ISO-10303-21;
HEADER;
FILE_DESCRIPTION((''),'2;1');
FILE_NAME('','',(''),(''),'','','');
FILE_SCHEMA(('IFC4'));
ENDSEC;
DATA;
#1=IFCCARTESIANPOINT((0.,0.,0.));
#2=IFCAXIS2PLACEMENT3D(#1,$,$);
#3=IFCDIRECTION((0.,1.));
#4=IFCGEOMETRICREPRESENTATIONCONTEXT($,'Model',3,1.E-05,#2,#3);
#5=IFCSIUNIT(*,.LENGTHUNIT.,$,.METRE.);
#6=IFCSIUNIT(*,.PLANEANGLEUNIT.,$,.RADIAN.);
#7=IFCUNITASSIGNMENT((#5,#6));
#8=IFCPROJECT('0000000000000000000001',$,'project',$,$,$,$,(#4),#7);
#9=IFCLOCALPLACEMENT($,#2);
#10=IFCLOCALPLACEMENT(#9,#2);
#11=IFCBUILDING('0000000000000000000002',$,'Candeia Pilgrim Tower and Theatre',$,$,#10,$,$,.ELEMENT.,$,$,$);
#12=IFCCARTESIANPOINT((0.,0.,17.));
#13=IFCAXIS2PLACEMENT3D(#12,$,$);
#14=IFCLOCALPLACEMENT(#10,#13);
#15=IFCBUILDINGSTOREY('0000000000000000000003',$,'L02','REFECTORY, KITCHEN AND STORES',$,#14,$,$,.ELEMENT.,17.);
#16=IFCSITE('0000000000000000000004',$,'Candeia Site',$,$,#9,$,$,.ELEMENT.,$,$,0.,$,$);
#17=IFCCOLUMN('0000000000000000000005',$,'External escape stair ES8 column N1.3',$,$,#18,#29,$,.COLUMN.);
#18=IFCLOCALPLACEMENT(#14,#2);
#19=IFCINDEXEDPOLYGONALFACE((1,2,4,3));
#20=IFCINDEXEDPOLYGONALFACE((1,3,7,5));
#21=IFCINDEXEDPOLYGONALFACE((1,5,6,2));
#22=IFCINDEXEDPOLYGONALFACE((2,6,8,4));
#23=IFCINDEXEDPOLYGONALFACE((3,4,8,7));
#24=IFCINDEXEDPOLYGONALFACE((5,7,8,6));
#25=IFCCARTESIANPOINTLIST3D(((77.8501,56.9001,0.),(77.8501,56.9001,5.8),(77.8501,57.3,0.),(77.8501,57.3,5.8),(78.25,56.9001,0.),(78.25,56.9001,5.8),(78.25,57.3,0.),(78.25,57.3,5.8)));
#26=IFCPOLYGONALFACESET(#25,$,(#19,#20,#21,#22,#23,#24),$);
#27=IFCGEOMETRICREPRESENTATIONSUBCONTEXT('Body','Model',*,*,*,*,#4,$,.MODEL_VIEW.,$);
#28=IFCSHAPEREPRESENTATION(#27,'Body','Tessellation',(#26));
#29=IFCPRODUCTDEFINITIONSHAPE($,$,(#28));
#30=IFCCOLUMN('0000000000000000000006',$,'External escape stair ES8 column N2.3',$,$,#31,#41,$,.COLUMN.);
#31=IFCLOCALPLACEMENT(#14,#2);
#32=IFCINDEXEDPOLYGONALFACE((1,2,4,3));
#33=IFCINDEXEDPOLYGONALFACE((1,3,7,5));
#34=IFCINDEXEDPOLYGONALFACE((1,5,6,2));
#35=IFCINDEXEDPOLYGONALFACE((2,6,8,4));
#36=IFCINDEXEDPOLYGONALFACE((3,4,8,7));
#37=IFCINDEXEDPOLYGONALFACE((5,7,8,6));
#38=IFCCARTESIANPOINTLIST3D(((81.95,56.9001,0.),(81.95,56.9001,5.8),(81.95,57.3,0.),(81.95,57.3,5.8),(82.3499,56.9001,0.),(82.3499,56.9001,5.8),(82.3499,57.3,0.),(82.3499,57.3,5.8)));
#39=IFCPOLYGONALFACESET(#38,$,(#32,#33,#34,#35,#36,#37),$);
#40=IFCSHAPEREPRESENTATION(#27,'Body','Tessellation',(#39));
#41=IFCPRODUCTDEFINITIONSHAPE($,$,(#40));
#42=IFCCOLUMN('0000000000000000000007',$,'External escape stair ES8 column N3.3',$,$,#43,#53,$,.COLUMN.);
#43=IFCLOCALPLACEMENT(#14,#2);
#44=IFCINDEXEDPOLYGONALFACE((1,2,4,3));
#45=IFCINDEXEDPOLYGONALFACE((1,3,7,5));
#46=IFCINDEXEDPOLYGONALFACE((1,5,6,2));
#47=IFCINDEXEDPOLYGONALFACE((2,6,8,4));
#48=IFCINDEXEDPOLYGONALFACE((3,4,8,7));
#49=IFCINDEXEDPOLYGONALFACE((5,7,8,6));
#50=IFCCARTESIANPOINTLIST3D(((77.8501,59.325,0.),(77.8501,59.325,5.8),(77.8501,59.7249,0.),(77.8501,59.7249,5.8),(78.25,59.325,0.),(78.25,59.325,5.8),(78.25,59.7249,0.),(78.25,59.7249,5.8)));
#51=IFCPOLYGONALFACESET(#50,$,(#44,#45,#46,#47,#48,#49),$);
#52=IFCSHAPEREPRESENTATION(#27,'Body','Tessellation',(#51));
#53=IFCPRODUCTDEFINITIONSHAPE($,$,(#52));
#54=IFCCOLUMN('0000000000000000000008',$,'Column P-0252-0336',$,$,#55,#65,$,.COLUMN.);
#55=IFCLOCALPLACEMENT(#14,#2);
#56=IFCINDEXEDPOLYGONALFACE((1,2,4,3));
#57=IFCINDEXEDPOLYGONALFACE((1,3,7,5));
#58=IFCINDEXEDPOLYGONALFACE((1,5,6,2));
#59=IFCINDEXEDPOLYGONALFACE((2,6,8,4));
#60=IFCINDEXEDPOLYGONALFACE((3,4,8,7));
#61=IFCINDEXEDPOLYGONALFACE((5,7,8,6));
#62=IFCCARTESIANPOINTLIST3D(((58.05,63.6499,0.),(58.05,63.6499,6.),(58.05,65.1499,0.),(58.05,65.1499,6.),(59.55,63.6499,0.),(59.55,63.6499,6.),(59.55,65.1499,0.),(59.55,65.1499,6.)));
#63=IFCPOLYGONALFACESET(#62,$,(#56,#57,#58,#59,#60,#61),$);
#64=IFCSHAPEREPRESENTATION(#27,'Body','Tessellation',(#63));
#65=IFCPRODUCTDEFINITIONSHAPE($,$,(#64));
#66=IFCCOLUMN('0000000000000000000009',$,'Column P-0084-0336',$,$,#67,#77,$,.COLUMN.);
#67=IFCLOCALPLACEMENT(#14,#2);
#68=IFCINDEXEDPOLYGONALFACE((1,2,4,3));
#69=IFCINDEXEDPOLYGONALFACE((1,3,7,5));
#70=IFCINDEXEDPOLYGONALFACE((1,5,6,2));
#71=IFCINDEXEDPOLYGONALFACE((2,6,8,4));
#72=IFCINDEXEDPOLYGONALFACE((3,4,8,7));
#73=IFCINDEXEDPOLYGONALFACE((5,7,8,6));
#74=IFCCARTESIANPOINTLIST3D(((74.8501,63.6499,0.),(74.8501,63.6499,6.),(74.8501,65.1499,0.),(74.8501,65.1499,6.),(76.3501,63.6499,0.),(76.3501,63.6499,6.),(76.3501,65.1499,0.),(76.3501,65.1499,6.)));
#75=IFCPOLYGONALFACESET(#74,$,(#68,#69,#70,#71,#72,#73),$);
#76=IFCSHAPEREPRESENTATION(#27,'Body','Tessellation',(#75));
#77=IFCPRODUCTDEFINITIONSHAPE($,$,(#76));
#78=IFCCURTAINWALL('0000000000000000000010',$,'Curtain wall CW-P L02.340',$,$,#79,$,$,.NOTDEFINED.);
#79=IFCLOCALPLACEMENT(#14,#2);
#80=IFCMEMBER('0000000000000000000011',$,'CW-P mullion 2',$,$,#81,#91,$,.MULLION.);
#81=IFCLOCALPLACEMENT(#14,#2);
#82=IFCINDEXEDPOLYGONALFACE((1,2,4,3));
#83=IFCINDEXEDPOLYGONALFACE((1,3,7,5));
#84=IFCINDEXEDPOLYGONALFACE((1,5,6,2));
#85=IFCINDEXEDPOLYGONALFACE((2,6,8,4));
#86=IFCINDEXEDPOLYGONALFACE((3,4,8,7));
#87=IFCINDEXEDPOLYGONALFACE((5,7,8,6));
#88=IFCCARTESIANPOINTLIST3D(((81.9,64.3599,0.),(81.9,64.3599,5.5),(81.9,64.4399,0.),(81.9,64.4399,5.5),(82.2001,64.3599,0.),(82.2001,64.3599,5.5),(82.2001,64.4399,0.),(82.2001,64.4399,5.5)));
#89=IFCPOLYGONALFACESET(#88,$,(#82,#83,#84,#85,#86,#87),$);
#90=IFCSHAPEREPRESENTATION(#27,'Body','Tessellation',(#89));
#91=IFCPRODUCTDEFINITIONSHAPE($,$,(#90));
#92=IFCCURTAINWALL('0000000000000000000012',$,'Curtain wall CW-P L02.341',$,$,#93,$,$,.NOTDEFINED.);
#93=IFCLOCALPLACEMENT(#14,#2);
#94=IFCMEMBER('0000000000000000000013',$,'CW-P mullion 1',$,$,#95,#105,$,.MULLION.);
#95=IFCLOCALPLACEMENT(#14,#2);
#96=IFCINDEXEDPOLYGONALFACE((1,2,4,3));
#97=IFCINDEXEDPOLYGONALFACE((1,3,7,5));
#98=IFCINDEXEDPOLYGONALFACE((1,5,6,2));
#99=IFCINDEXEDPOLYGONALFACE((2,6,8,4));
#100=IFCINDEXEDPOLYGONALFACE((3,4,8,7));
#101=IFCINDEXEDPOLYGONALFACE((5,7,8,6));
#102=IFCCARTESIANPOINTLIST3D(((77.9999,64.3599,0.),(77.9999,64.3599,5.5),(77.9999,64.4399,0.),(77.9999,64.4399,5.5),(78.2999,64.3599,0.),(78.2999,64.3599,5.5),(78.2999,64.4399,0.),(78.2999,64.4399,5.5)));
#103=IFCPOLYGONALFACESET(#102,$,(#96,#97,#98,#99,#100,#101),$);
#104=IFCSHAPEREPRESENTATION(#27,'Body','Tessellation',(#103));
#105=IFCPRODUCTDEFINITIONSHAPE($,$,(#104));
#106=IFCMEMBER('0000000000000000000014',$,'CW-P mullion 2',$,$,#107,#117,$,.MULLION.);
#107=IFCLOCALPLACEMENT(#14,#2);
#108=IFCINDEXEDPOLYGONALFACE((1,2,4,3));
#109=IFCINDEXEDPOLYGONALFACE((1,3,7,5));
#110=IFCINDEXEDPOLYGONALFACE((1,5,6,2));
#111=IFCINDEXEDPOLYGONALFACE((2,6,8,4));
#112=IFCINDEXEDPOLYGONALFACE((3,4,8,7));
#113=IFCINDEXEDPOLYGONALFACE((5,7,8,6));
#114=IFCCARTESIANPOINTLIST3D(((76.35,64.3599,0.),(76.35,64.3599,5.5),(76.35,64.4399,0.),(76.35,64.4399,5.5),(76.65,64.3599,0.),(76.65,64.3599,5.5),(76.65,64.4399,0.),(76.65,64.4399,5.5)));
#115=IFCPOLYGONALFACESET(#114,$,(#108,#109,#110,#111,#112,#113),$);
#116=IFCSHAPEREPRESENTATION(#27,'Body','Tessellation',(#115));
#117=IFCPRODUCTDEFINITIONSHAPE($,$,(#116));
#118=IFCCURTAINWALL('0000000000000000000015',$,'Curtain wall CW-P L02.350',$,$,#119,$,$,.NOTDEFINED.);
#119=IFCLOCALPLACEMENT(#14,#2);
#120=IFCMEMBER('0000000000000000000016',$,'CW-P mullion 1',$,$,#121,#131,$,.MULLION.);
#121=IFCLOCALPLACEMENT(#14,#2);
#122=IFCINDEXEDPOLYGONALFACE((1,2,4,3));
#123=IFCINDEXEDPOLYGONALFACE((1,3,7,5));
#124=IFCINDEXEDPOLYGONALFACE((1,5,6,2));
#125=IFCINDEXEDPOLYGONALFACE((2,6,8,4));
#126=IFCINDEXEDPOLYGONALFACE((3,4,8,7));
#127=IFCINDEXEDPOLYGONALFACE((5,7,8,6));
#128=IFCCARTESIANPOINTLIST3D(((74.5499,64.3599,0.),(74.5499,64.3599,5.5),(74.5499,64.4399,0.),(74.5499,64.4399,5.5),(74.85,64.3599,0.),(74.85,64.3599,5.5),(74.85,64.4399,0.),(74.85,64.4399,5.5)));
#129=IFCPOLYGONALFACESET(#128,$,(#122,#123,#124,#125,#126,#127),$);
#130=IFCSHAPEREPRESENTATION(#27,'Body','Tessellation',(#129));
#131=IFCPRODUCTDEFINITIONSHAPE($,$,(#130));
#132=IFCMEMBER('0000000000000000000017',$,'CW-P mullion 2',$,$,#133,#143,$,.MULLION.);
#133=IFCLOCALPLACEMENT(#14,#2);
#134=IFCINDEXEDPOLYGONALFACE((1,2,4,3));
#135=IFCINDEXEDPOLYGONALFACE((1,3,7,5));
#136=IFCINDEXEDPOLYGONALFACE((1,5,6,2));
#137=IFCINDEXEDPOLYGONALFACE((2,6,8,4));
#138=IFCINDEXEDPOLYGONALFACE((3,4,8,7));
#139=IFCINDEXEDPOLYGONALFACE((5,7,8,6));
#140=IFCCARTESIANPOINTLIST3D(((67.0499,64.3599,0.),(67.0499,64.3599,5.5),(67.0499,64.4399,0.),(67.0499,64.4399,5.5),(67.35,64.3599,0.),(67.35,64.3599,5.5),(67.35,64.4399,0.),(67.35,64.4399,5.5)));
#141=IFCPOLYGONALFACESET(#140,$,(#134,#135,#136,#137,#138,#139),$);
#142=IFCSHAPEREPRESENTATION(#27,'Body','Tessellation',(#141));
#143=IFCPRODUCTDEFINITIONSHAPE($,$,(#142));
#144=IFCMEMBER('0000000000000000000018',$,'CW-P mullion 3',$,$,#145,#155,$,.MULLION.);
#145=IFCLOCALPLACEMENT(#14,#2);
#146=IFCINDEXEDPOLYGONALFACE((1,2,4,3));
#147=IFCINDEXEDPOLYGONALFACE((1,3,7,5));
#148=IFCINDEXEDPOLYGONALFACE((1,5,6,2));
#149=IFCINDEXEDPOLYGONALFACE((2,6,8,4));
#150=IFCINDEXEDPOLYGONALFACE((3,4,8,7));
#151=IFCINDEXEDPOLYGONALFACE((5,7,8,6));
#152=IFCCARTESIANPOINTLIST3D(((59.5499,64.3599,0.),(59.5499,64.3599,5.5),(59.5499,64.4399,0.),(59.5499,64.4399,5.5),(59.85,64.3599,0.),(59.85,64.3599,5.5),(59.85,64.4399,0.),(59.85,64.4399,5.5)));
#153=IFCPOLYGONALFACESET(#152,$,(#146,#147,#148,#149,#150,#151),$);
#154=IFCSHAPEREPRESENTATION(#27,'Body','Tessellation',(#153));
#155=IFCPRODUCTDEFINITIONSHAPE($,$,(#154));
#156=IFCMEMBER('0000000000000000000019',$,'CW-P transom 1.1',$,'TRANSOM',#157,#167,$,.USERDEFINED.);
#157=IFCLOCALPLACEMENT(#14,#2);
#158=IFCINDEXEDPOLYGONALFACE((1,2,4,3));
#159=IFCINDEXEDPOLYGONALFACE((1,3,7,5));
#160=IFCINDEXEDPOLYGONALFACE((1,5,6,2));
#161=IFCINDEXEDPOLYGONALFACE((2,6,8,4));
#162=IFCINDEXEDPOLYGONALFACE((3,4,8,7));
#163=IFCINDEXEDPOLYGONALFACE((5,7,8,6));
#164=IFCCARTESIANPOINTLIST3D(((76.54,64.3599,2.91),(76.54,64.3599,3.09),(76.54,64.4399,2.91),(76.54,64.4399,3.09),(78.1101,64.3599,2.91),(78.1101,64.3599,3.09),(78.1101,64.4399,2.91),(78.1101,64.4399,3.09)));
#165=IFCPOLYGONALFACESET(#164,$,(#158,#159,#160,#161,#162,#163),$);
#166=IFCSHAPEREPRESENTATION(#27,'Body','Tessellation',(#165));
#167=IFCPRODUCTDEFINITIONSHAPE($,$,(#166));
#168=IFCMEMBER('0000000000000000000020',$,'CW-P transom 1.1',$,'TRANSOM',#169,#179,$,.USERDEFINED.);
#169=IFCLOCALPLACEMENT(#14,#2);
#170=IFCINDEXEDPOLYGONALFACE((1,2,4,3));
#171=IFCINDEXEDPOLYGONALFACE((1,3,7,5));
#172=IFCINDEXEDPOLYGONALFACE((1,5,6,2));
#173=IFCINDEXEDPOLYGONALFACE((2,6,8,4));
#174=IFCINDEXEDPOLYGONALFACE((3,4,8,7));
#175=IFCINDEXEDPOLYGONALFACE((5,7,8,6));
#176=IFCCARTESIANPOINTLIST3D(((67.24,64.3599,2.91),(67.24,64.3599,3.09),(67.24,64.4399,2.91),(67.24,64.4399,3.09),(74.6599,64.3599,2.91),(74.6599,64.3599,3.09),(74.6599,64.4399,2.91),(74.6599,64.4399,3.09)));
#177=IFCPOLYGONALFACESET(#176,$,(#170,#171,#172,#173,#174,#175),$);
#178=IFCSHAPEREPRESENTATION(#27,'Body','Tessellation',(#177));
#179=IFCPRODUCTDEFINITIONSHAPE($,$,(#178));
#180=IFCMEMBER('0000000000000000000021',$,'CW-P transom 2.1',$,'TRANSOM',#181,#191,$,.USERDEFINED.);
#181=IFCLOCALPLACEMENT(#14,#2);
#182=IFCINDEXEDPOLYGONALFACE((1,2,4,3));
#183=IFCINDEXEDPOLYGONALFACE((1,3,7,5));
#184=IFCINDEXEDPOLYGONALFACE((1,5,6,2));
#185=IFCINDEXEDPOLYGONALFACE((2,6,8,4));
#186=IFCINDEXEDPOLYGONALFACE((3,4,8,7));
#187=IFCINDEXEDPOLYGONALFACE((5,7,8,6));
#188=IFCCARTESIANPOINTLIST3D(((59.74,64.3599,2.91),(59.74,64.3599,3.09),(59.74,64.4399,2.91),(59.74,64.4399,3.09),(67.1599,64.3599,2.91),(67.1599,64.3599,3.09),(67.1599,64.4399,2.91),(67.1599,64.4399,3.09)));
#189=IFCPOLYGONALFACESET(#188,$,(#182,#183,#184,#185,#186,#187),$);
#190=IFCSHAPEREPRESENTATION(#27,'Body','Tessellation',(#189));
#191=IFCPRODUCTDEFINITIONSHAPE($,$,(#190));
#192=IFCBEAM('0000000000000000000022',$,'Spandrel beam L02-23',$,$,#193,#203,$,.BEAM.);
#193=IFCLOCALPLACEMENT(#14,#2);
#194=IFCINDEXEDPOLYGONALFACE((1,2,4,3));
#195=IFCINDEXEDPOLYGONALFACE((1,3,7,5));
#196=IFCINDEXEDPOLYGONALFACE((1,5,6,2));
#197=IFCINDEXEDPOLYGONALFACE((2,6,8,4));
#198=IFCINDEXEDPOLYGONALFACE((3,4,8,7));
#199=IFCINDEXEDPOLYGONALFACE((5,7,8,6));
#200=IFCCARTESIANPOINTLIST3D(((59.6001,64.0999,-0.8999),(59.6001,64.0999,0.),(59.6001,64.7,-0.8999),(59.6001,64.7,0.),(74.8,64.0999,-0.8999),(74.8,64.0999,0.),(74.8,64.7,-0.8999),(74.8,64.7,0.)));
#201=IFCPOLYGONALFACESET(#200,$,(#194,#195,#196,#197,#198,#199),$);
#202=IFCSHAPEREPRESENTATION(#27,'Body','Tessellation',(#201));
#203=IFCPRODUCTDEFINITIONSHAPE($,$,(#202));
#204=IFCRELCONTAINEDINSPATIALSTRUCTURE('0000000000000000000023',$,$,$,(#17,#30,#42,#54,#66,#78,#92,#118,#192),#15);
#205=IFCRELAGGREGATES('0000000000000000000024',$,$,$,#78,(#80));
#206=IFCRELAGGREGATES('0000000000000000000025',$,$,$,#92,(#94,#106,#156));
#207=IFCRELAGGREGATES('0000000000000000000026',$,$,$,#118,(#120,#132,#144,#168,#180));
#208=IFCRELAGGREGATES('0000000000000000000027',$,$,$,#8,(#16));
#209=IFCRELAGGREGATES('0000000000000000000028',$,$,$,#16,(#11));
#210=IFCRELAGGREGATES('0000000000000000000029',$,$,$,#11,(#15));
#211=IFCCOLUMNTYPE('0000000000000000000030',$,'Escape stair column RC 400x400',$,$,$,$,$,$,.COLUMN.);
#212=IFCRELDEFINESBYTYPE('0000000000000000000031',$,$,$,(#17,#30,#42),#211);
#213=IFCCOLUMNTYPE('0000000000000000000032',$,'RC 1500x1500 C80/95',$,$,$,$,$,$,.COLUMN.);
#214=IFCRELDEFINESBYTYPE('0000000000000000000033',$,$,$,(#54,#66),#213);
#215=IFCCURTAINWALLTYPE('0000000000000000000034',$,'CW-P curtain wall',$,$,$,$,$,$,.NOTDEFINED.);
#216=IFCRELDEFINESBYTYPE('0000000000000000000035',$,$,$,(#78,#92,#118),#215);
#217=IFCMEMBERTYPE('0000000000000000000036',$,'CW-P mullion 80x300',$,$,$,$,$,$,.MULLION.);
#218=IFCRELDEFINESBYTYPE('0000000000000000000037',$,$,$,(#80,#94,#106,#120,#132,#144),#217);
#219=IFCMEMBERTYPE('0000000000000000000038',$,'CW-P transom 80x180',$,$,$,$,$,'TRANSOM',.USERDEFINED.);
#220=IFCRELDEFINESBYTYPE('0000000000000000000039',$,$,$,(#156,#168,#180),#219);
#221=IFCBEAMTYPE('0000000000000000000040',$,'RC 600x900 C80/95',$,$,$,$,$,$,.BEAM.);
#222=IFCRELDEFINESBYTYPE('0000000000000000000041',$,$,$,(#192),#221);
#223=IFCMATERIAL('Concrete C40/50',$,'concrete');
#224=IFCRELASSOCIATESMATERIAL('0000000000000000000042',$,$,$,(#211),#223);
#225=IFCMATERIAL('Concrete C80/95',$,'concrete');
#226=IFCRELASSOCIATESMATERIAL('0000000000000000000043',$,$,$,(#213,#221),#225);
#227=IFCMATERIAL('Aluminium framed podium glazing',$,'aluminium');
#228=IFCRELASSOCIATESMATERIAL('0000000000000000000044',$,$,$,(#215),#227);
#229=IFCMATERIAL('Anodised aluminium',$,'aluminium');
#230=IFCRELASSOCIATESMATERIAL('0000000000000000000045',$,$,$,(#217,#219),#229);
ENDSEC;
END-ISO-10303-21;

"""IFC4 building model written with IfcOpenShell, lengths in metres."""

from ifc_helpers import new_model, si_unit, direction, frame, origin, origin_2d, place, context, subcontext, project, spatial, rectangle, extrude, material, material_profile, profile_set, type_object, element, aggregate, save


model = new_model("IFC4")

# Units and contexts
model_context = context("Model", 3, precision=1e-05, world=origin(), true_north=direction((0.0, 1.0)))
body_context = subcontext(model_context, "Body", "Model", "MODEL_VIEW")
ifc_project = project(units=[si_unit("LENGTHUNIT", "METRE"), si_unit("PLANEANGLEUNIT", "RADIAN")], contexts=[model_context])

# Site, building, storey
site_placement = place(None, origin())
site = spatial("IfcSite", under=ifc_project, at=site_placement, Name="Candeia Site", CompositionType="ELEMENT", RefElevation=0.0)
building_placement = place(site_placement, origin())
building = spatial("IfcBuilding", under=site, at=building_placement, Name="Candeia Pilgrim Tower and Theatre", CompositionType="ELEMENT")
storey_placement = place(building_placement, frame((0.0, 0.0, 17.0)))
storey = spatial("IfcBuildingStorey", under=building, at=storey_placement, Name="L02", Description="REFECTORY, KITCHEN AND STORES", CompositionType="ELEMENT", Elevation=17.0)

# Columns
ifc_material_1 = material(Name="Concrete C40/50", Category="concrete")
ifc_material_profile_1 = material_profile(ifc_material_1, rectangle(XDim=0.3999, YDim=0.3999, at=origin_2d()))
ifc_profile_set_1 = profile_set([ifc_material_profile_1], Name="Concrete C40/50")
column_type_1 = type_object("IfcColumnType", Name="Escape stair column RC 400x400", PredefinedType="COLUMN", material=ifc_profile_set_1)
for number, where, z_axis, x_axis, name in (
    (1, (78.05, 57.1001, 0.0), (0.0, 0.0, 1.0), (1.0, 0.0, 0.0), "External escape stair ES8 column N1.3"),
    (2, (82.1499, 57.1001, 0.0), (0.0, 0.0, 1.0), (1.0, 0.0, 0.0), "External escape stair ES8 column N2.3"),
    (3, (78.05, 59.5249, 0.0), (0.0, 0.0, 1.0), (1.0, 0.0, 0.0), "External escape stair ES8 column N3.3"),
):
    element("IfcColumn", number, at=place(storey_placement, frame(where, z_axis=z_axis, x_axis=x_axis)), inside=storey, type_object=column_type_1, Name=name, PredefinedType="COLUMN", context=body_context, shape_type="SweptSolid", body=[
        extrude(rectangle(XDim=0.3999, YDim=0.3999, at=origin_2d()), origin(), (0.0, 0.0, 1.0), 5.8),
    ])
ifc_material_2 = material(Name="Concrete C80/95", Category="concrete")
ifc_material_profile_2 = material_profile(ifc_material_2, rectangle(XDim=1.5, YDim=1.5, at=origin_2d()))
ifc_profile_set_2 = profile_set([ifc_material_profile_2], Name="Concrete C80/95")
column_type_2 = type_object("IfcColumnType", Name="RC 1500x1500 C80/95", PredefinedType="COLUMN", material=ifc_profile_set_2)
for number, where, z_axis, x_axis, name in (
    (4, (58.8, 64.3999, 0.0), (0.0, 0.0, 1.0), (1.0, 0.0, 0.0), "Column P-0252-0336"),
    (5, (75.6001, 64.3999, 0.0), (0.0, 0.0, 1.0), (1.0, 0.0, 0.0), "Column P-0084-0336"),
):
    element("IfcColumn", number, at=place(storey_placement, frame(where, z_axis=z_axis, x_axis=x_axis)), inside=storey, type_object=column_type_2, Name=name, PredefinedType="COLUMN", context=body_context, shape_type="SweptSolid", body=[
        extrude(rectangle(XDim=1.5, YDim=1.5, at=origin_2d()), origin(), (0.0, 0.0, 1.0), 6.0),
    ])

# Curtain wall, member
ifc_material_3 = material(Name="Aluminium framed podium glazing", Category="aluminium")
curtain_wall_type = type_object("IfcCurtainWallType", Name="CW-P curtain wall", PredefinedType="NOTDEFINED", material=ifc_material_3)
curtain_wall_1_placement = place(storey_placement, origin())
curtain_wall_1 = element("IfcCurtainWall", 6, at=curtain_wall_1_placement, inside=storey, type_object=curtain_wall_type, Name="Curtain wall CW-P L02.340", PredefinedType="NOTDEFINED")
ifc_material_4 = material(Name="Anodised aluminium", Category="aluminium")
ifc_material_profile_3 = material_profile(ifc_material_4, rectangle(XDim=0.0801, YDim=0.3, at=origin_2d()))
ifc_profile_set_3 = profile_set([ifc_material_profile_3], Name="Anodised aluminium")
member_type_1 = type_object("IfcMemberType", Name="CW-P mullion 80x300", PredefinedType="MULLION", material=ifc_profile_set_3)
member_1_placement = place(storey_placement, frame((82.05, 64.3999, 0.0), z_axis=(0.0, 0.0, 1.0), x_axis=(0.0, -1.0, 0.0)))
member_1 = element("IfcMember", 7, at=member_1_placement, type_object=member_type_1, Name="CW-P mullion 2", PredefinedType="MULLION", context=body_context, shape_type="SweptSolid", body=[
    extrude(rectangle(XDim=0.0801, YDim=0.3, at=origin_2d()), origin(), (0.0, 0.0, 1.0), 5.5),
])

# Curtain walls, members
curtain_wall_2_placement = place(storey_placement, origin())
curtain_wall_2 = element("IfcCurtainWall", 8, at=curtain_wall_2_placement, inside=storey, type_object=curtain_wall_type, Name="Curtain wall CW-P L02.341", PredefinedType="NOTDEFINED")
member_2_placement = place(storey_placement, frame((78.1499, 64.3999, 0.0), z_axis=(0.0, 0.0, 1.0), x_axis=(0.0, -1.0, 0.0)))
member_2 = element("IfcMember", 9, at=member_2_placement, type_object=member_type_1, Name="CW-P mullion 1", PredefinedType="MULLION", context=body_context, shape_type="SweptSolid", body=[
    extrude(rectangle(XDim=0.0801, YDim=0.3, at=origin_2d()), origin(), (0.0, 0.0, 1.0), 5.5),
])
member_3_placement = place(storey_placement, frame((76.5, 64.3999, 0.0), z_axis=(0.0, 0.0, 1.0), x_axis=(0.0, -1.0, 0.0)))
member_3 = element("IfcMember", 10, at=member_3_placement, type_object=member_type_1, Name="CW-P mullion 2", PredefinedType="MULLION", context=body_context, shape_type="SweptSolid", body=[
    extrude(rectangle(XDim=0.0801, YDim=0.3, at=origin_2d()), origin(), (0.0, 0.0, 1.0), 5.5),
])
curtain_wall_3_placement = place(storey_placement, origin())
curtain_wall_3 = element("IfcCurtainWall", 11, at=curtain_wall_3_placement, inside=storey, type_object=curtain_wall_type, Name="Curtain wall CW-P L02.350", PredefinedType="NOTDEFINED")
member_4_placement = place(storey_placement, frame((74.7, 64.3999, 0.0), z_axis=(0.0, 0.0, 1.0), x_axis=(0.0, -1.0, 0.0)))
member_4 = element("IfcMember", 12, at=member_4_placement, type_object=member_type_1, Name="CW-P mullion 1", PredefinedType="MULLION", context=body_context, shape_type="SweptSolid", body=[
    extrude(rectangle(XDim=0.0801, YDim=0.3, at=origin_2d()), origin(), (0.0, 0.0, 1.0), 5.5),
])
member_5_placement = place(storey_placement, frame((67.2, 64.3999, 0.0), z_axis=(0.0, 0.0, 1.0), x_axis=(0.0, -1.0, 0.0)))
member_5 = element("IfcMember", 13, at=member_5_placement, type_object=member_type_1, Name="CW-P mullion 2", PredefinedType="MULLION", context=body_context, shape_type="SweptSolid", body=[
    extrude(rectangle(XDim=0.0801, YDim=0.3, at=origin_2d()), origin(), (0.0, 0.0, 1.0), 5.5),
])
member_6_placement = place(storey_placement, frame((59.7, 64.3999, 0.0), z_axis=(0.0, 0.0, 1.0), x_axis=(0.0, -1.0, 0.0)))
member_6 = element("IfcMember", 14, at=member_6_placement, type_object=member_type_1, Name="CW-P mullion 3", PredefinedType="MULLION", context=body_context, shape_type="SweptSolid", body=[
    extrude(rectangle(XDim=0.0801, YDim=0.3, at=origin_2d()), origin(), (0.0, 0.0, 1.0), 5.5),
])

# Members
ifc_material_profile_4 = material_profile(ifc_material_4, rectangle(XDim=0.0801, YDim=0.1799, at=origin_2d()))
ifc_profile_set_4 = profile_set([ifc_material_profile_4], Name="Anodised aluminium")
member_type_2 = type_object("IfcMemberType", Name="CW-P transom 80x180", ElementType="TRANSOM", PredefinedType="USERDEFINED", material=ifc_profile_set_4)
member_7_placement = place(storey_placement, frame((78.1101, 64.3999, 3.0), z_axis=(-1.0, 0.0, 0.0), x_axis=(0.0, -1.0, 0.0)))
member_7 = element("IfcMember", 15, at=member_7_placement, type_object=member_type_2, Name="CW-P transom 1.1", ObjectType="TRANSOM", PredefinedType="USERDEFINED", context=body_context, shape_type="SweptSolid", body=[
    extrude(rectangle(XDim=0.0801, YDim=0.1799, at=origin_2d()), origin(), (0.0, 0.0, 1.0), 1.5701),
])
member_8_placement = place(storey_placement, frame((74.6599, 64.3999, 3.0), z_axis=(-1.0, 0.0, 0.0), x_axis=(0.0, -1.0, 0.0)))
member_8 = element("IfcMember", 16, at=member_8_placement, type_object=member_type_2, Name="CW-P transom 1.1", ObjectType="TRANSOM", PredefinedType="USERDEFINED", context=body_context, shape_type="SweptSolid", body=[
    extrude(rectangle(XDim=0.0801, YDim=0.1799, at=origin_2d()), origin(), (0.0, 0.0, 1.0), 7.4199),
])
member_9_placement = place(storey_placement, frame((67.1599, 64.3999, 3.0), z_axis=(-1.0, 0.0, 0.0), x_axis=(0.0, -1.0, 0.0)))
member_9 = element("IfcMember", 17, at=member_9_placement, type_object=member_type_2, Name="CW-P transom 2.1", ObjectType="TRANSOM", PredefinedType="USERDEFINED", context=body_context, shape_type="SweptSolid", body=[
    extrude(rectangle(XDim=0.0801, YDim=0.1799, at=origin_2d()), origin(), (0.0, 0.0, 1.0), 7.4199),
])

# Beam
ifc_material_profile_5 = material_profile(ifc_material_2, rectangle(XDim=0.6001, YDim=0.8999, at=origin_2d()))
ifc_profile_set_5 = profile_set([ifc_material_profile_5], Name="Concrete C80/95")
beam_type = type_object("IfcBeamType", Name="RC 600x900 C80/95", PredefinedType="BEAM", material=ifc_profile_set_5)
beam_1_placement = place(storey_placement, frame((59.6001, 64.3999, -0.45), z_axis=(1.0, 0.0, 0.0), x_axis=(0.0, 1.0, 0.0)))
element("IfcBeam", 18, at=beam_1_placement, inside=storey, type_object=beam_type, Name="Spandrel beam L02-23", PredefinedType="BEAM", context=body_context, shape_type="SweptSolid", body=[
    extrude(rectangle(XDim=0.6001, YDim=0.8999, at=origin_2d()), origin(), (0.0, 0.0, 1.0), 15.2),
])

aggregate(curtain_wall_1, [member_1])
aggregate(curtain_wall_2, [member_2, member_3, member_7])
aggregate(curtain_wall_3, [member_4, member_5, member_6, member_8, member_9])

save(model, "model.ifc")
